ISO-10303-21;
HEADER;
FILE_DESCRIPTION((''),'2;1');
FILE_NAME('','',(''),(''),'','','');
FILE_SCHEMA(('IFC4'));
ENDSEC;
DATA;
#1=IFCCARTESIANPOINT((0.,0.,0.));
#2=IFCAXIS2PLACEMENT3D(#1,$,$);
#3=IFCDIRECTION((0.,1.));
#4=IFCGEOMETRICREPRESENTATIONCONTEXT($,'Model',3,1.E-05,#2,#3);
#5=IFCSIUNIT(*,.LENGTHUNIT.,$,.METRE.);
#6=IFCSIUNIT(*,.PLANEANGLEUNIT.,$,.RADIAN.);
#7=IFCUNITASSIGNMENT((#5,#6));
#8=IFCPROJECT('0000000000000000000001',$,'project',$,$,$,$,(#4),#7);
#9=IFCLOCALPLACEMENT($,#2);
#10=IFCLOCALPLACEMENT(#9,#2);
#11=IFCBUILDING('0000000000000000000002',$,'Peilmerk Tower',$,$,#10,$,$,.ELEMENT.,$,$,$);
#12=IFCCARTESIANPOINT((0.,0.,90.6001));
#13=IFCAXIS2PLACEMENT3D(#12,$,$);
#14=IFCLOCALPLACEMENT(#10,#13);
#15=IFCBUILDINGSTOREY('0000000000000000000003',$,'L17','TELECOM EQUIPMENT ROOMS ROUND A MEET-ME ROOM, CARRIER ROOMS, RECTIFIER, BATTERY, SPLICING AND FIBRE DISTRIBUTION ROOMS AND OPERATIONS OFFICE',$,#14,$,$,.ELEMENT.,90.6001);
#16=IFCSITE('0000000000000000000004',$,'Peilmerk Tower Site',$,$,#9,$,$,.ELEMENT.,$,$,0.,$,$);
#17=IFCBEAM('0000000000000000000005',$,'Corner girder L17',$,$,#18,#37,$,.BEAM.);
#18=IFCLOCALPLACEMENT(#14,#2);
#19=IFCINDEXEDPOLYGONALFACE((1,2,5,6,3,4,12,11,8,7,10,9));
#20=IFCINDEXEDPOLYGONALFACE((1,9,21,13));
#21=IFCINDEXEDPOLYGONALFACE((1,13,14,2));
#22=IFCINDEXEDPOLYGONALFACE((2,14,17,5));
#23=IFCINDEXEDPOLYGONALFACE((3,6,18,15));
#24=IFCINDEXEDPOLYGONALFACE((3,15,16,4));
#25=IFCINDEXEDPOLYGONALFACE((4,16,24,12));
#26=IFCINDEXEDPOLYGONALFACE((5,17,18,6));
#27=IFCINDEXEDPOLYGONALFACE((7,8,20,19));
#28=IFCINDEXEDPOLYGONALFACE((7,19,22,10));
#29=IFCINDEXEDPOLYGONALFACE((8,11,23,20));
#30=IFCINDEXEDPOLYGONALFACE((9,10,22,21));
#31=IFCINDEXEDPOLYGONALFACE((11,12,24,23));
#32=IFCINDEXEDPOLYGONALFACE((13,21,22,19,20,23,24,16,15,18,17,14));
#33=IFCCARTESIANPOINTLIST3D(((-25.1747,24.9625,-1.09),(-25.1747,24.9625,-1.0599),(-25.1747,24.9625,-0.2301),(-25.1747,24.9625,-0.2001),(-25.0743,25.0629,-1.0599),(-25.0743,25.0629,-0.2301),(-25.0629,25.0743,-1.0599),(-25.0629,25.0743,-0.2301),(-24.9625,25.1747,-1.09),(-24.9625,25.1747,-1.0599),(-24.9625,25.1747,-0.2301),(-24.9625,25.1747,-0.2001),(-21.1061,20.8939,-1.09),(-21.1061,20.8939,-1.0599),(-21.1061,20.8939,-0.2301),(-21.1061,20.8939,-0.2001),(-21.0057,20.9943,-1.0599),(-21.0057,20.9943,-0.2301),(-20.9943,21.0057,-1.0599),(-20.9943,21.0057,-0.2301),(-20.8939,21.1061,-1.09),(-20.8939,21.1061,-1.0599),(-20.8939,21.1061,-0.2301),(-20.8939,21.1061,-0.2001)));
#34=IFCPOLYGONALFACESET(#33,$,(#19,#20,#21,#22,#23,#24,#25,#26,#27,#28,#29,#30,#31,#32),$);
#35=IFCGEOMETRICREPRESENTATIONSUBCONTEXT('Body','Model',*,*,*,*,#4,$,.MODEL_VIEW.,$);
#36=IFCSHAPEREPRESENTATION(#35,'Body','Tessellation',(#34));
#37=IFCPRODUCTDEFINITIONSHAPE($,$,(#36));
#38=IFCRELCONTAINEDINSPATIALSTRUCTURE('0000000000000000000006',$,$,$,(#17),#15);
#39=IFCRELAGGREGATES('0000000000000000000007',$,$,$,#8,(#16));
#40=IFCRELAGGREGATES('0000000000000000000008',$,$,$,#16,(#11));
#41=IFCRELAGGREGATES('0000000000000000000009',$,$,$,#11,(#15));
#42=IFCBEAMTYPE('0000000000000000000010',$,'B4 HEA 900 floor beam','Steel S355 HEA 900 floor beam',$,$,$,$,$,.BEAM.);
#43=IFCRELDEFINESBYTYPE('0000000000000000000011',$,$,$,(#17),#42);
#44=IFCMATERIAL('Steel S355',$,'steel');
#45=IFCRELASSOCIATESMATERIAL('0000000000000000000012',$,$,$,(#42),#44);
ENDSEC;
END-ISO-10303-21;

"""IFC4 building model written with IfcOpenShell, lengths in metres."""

from ifc_helpers import new_model, si_unit, direction, frame, origin, origin_2d, place, context, subcontext, project, spatial, i_section, extrude, material, material_profile, profile_set, type_object, element, save


model = new_model("IFC4")

# Units and contexts
model_context = context("Model", 3, precision=1e-05, world=origin(), true_north=direction((0.0, 1.0)))
body_context = subcontext(model_context, "Body", "Model", "MODEL_VIEW")
ifc_project = project(units=[si_unit("LENGTHUNIT", "METRE"), si_unit("PLANEANGLEUNIT", "RADIAN")], contexts=[model_context])

# Site, building, storey
site_placement = place(None, origin())
site = spatial("IfcSite", under=ifc_project, at=site_placement, Name="Peilmerk Tower Site", CompositionType="ELEMENT", RefElevation=0.0)
building_placement = place(site_placement, origin())
building = spatial("IfcBuilding", under=site, at=building_placement, Name="Peilmerk Tower", CompositionType="ELEMENT")
storey_placement = place(building_placement, frame((0.0, 0.0, 90.6001)))
storey = spatial("IfcBuildingStorey", under=building, at=storey_placement, Name="L17", Description="TELECOM EQUIPMENT ROOMS ROUND A MEET-ME ROOM, CARRIER ROOMS, RECTIFIER, BATTERY, SPLICING AND FIBRE DISTRIBUTION ROOMS AND OPERATIONS OFFICE", CompositionType="ELEMENT", Elevation=90.6001)

# Beam
ifc_material_1 = material(Name="Steel S355", Category="steel")
ifc_material_profile_1 = material_profile(ifc_material_1, i_section(OverallWidth=0.3, OverallDepth=0.8899, WebThickness=0.0161, FlangeThickness=0.03, at=origin_2d()), Name="HEA 900")
ifc_profile_set_1 = profile_set([ifc_material_profile_1], Name="Steel S355")
beam_type_1 = type_object("IfcBeamType", Name="B4 HEA 900 floor beam", Description="Steel S355 HEA 900 floor beam", PredefinedType="BEAM", material=ifc_profile_set_1)
beam_1_placement = place(storey_placement, frame((-21.0, 21.0, -0.645), z_axis=(-0.707107, 0.707107, 0.0), x_axis=(-0.707107, -0.707107, 0.0)))
element("IfcBeam", 1, at=beam_1_placement, inside=storey, type_object=beam_type_1, Name="Corner girder L17", PredefinedType="BEAM", context=body_context, shape_type="SweptSolid", body=[
    extrude(i_section(OverallWidth=0.3, OverallDepth=0.8899, WebThickness=0.0161, FlangeThickness=0.03, at=origin_2d()), origin(), (0.0, 0.0, 1.0), 5.7539),
])

save(model, "model.ifc")
